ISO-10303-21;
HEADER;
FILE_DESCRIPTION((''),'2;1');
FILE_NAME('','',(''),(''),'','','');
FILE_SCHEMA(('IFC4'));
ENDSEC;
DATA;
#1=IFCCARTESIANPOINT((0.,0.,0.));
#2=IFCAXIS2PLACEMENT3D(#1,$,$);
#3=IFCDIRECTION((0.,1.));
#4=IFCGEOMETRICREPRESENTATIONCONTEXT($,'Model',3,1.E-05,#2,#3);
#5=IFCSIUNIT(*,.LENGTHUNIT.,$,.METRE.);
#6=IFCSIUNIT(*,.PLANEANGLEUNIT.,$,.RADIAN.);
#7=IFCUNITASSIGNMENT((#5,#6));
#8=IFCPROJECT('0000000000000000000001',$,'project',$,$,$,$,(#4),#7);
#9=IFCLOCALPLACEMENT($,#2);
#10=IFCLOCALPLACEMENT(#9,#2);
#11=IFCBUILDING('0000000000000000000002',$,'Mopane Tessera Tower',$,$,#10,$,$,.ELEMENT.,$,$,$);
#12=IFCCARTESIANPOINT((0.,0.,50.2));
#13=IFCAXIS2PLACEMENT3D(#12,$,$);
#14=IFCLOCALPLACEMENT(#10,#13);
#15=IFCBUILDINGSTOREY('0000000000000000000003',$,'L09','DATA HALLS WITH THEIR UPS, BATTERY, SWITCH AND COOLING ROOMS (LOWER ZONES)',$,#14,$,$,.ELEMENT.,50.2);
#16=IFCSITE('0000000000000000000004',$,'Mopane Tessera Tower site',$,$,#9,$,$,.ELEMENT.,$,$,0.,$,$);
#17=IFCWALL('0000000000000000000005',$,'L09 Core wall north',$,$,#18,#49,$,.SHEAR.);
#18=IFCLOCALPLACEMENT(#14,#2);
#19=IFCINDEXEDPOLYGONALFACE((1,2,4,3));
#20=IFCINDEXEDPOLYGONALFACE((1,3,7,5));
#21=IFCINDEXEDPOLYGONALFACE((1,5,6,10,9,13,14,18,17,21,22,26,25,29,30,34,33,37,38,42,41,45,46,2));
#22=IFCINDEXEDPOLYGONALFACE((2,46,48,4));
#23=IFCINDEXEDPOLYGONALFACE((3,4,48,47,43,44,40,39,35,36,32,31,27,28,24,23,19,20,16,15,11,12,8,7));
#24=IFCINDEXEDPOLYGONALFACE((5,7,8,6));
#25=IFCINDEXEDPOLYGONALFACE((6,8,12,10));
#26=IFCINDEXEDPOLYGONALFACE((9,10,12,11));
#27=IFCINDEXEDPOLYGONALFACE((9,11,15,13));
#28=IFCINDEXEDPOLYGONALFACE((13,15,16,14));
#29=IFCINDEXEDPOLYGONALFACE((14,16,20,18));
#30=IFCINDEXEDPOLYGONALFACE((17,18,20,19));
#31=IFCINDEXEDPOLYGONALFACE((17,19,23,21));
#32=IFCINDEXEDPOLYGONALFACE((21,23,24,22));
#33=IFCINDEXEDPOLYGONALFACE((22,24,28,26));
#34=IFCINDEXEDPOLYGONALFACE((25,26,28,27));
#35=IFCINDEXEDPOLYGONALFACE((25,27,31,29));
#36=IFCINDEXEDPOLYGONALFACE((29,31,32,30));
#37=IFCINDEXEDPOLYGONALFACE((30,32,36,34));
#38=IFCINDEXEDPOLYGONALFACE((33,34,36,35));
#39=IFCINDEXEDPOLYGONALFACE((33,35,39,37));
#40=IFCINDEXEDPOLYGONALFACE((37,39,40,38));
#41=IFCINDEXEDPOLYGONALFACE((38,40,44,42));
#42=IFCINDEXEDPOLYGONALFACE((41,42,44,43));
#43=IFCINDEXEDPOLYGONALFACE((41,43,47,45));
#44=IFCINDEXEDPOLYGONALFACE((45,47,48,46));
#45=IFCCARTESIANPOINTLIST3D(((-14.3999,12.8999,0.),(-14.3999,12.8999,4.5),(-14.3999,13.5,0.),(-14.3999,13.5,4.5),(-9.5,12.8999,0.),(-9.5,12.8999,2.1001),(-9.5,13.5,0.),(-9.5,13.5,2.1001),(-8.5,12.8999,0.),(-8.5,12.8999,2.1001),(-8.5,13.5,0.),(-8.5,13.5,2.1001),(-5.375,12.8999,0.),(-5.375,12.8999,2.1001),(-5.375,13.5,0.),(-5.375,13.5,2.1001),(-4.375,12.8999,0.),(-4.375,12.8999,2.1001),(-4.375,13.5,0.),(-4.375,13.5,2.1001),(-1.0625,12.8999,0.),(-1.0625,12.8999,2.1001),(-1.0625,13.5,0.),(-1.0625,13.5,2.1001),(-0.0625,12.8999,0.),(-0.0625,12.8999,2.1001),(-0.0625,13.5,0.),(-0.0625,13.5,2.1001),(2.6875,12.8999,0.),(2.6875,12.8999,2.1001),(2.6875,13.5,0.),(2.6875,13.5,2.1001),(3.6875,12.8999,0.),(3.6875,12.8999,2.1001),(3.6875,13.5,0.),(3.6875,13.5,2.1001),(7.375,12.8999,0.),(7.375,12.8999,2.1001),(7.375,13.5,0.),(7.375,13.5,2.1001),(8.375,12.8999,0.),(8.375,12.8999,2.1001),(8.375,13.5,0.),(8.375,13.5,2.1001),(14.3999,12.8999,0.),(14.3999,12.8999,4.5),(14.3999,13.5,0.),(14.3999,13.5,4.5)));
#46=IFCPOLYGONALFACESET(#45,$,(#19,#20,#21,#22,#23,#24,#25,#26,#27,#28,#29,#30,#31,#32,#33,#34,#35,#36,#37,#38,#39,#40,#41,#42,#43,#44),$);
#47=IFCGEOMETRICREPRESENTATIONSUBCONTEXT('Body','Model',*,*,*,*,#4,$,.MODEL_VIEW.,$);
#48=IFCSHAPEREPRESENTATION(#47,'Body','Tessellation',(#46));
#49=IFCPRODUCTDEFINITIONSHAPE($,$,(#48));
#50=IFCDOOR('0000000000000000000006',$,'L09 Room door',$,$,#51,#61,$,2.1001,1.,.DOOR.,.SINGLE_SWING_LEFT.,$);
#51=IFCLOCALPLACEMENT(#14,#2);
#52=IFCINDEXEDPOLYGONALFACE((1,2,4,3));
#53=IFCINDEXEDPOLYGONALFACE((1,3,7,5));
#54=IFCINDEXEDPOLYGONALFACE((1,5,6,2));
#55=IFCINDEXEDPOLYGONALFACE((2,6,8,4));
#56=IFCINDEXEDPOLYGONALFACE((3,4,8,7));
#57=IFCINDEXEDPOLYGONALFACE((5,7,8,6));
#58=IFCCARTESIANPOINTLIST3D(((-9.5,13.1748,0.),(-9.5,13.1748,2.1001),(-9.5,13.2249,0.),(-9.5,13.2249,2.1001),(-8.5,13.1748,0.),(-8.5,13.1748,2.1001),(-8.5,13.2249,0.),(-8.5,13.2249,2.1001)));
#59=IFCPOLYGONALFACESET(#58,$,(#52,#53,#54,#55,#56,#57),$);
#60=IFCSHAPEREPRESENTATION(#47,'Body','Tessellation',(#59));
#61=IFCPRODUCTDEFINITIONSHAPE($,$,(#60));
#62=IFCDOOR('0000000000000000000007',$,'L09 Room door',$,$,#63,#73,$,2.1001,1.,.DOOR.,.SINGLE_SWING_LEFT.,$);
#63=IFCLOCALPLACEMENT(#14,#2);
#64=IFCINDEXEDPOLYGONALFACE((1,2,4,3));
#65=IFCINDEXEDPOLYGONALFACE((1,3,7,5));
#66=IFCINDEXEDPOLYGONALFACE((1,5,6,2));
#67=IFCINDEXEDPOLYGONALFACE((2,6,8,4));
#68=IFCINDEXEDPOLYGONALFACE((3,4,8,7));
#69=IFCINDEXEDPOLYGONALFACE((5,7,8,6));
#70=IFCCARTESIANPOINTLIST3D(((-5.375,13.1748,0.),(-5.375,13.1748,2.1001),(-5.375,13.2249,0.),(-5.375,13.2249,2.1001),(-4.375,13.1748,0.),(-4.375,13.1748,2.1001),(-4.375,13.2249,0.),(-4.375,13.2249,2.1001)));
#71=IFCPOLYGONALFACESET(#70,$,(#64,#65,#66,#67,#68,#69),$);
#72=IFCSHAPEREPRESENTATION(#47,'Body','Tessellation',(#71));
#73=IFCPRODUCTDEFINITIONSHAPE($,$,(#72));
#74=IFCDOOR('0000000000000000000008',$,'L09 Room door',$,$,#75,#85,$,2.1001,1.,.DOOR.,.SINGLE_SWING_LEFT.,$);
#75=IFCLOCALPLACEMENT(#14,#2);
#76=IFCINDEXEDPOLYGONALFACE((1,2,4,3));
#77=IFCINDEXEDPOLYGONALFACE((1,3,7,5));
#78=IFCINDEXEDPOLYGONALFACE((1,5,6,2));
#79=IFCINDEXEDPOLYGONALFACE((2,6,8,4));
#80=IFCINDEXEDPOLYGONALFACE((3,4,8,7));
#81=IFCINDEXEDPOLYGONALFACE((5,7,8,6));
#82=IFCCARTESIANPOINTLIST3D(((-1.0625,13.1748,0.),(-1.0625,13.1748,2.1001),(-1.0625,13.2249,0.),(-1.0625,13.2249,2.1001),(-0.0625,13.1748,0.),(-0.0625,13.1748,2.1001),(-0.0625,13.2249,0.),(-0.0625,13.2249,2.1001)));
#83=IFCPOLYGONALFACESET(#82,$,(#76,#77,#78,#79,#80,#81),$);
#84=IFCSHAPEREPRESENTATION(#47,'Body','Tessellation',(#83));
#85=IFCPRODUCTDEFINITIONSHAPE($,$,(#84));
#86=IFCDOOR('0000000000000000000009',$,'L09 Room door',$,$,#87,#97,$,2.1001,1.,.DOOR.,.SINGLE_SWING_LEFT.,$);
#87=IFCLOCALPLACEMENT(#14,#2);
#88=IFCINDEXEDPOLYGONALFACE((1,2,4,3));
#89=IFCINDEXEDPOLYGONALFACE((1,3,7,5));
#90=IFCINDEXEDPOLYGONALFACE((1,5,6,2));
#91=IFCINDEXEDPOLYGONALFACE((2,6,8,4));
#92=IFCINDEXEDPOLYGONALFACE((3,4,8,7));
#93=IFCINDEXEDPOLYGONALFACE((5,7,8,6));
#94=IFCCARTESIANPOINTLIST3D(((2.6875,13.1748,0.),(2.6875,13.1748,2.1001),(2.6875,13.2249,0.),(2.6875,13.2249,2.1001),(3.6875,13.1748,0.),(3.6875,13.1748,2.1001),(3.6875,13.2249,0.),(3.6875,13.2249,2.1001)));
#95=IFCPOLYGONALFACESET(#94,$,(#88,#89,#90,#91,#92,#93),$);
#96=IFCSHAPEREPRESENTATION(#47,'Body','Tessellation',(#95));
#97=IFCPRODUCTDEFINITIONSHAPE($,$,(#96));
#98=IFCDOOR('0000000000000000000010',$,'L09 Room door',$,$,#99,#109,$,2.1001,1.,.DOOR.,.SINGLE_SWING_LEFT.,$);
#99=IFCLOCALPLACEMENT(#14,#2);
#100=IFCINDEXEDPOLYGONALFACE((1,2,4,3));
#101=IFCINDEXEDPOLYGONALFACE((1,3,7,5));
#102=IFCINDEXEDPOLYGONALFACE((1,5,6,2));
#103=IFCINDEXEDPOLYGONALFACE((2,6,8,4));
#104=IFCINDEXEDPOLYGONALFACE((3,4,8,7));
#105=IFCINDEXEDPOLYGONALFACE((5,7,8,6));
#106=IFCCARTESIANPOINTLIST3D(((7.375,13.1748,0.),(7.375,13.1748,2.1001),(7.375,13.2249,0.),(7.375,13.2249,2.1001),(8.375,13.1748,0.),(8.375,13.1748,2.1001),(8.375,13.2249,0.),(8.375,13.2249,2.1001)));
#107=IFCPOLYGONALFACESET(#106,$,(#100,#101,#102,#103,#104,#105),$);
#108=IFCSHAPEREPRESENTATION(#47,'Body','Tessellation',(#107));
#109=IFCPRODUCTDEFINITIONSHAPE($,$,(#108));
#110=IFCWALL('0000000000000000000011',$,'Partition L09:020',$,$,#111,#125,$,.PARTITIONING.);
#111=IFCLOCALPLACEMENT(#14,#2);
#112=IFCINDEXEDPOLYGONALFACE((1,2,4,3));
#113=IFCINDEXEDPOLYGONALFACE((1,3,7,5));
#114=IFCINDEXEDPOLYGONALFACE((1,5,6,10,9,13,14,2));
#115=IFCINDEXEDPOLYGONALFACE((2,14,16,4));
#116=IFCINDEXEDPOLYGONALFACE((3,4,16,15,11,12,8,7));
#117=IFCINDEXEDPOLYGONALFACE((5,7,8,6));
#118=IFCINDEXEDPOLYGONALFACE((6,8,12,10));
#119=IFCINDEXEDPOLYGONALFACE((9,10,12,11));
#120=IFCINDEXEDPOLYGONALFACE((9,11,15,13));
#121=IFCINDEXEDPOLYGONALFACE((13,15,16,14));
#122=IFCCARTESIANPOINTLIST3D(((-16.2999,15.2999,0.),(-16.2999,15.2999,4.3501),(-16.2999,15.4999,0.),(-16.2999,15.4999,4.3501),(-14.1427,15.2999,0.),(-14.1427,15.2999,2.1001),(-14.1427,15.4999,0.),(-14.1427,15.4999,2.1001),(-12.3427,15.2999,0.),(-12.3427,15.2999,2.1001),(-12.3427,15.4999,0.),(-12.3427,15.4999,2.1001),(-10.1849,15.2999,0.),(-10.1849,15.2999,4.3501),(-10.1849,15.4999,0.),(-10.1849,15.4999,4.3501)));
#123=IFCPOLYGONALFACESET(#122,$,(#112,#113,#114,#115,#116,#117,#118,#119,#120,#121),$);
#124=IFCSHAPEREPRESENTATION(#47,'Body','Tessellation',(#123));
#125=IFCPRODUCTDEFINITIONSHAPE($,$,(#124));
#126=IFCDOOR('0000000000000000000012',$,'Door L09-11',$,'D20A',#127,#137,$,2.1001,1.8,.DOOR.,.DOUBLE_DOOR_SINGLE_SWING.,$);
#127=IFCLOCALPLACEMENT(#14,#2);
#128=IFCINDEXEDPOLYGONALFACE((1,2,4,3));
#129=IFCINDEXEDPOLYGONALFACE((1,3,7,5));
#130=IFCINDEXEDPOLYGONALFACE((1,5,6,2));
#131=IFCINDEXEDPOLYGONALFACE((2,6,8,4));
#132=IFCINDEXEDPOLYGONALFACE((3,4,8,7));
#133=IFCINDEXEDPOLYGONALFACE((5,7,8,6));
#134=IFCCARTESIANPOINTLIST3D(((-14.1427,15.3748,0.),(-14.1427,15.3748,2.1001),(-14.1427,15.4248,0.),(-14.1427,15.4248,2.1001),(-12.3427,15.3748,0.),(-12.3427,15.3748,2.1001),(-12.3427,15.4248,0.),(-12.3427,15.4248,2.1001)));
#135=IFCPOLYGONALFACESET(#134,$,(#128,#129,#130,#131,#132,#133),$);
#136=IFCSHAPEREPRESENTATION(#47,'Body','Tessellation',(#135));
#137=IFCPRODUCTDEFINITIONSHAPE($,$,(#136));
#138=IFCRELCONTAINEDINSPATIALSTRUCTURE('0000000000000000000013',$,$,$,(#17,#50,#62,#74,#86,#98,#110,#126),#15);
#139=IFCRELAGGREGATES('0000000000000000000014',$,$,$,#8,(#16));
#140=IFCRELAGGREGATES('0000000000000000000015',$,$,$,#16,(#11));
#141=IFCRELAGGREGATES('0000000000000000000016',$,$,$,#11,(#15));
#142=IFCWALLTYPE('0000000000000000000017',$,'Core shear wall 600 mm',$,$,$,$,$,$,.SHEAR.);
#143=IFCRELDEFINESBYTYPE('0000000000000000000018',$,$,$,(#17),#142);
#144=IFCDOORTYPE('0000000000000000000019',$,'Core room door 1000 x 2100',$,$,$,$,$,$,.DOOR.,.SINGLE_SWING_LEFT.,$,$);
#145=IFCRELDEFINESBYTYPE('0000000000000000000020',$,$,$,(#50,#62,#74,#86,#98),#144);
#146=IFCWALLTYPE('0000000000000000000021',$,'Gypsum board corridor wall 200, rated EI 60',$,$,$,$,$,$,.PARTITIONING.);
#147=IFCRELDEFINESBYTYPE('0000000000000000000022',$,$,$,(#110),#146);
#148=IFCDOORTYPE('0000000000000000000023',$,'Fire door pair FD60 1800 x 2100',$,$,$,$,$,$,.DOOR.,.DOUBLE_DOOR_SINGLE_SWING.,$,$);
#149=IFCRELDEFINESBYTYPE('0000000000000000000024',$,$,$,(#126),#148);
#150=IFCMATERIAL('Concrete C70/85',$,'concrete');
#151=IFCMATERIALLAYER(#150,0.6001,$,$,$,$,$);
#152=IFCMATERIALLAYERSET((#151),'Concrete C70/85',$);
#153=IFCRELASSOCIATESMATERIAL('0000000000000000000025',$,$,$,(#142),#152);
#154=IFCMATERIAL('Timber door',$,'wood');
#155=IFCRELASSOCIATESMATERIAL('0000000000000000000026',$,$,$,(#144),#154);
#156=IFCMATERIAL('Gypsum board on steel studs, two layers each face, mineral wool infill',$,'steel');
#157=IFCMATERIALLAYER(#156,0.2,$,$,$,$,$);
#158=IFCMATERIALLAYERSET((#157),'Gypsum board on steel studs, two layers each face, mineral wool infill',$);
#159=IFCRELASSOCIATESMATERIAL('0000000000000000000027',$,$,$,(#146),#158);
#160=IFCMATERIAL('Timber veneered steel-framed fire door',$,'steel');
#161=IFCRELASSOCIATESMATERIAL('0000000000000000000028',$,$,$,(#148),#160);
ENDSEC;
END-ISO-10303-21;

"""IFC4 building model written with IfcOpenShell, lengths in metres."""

from ifc_helpers import new_model, si_unit, direction, frame, frame_2d, origin, place, context, subcontext, project, spatial, rectangle, extrude, material, layer, layer_set, type_object, element, fill, save


model = new_model("IFC4")

# Units and contexts
model_context = context("Model", 3, precision=1e-05, world=origin(), true_north=direction((0.0, 1.0)))
body_context = subcontext(model_context, "Body", "Model", "MODEL_VIEW")
ifc_project = project(units=[si_unit("LENGTHUNIT", "METRE"), si_unit("PLANEANGLEUNIT", "RADIAN")], contexts=[model_context])

# Site, building, storey
site_placement = place(None, origin())
site = spatial("IfcSite", under=ifc_project, at=site_placement, Name="Mopane Tessera Tower site", CompositionType="ELEMENT", RefElevation=0.0)
building_placement = place(site_placement, origin())
building = spatial("IfcBuilding", under=site, at=building_placement, Name="Mopane Tessera Tower", CompositionType="ELEMENT")
storey_placement = place(building_placement, frame((0.0, 0.0, 50.2)))
storey = spatial("IfcBuildingStorey", under=building, at=storey_placement, Name="L09", Description="DATA HALLS WITH THEIR UPS, BATTERY, SWITCH AND COOLING ROOMS (LOWER ZONES)", CompositionType="ELEMENT", Elevation=50.2)

# Wall, openings, doors
ifc_material_1 = material(Name="Concrete C70/85", Category="concrete")
ifc_layer_1 = layer(ifc_material_1, 0.6001)
ifc_layer_set_1 = layer_set([ifc_layer_1], Name="Concrete C70/85")
wall_type_1 = type_object("IfcWallType", Name="Core shear wall 600 mm", PredefinedType="SHEAR", material=ifc_layer_set_1)
wall_1_placement = place(storey_placement, frame((-14.3999, 13.2, 0.0), z_axis=(0.0, 0.0, 1.0), x_axis=(1.0, 0.0, 0.0)))
wall_1 = element("IfcWall", 1, at=wall_1_placement, inside=storey, type_object=wall_type_1, Name="L09 Core wall north", PredefinedType="SHEAR", context=body_context, shape_type="SweptSolid", body=[
    extrude(rectangle(XDim=28.7998, YDim=0.6001, at=frame_2d((14.3999, 0.0))), origin(), (0.0, 0.0, 1.0), 4.5),
])
opening_1_placement = place(wall_1_placement, frame((4.8999, 0.0, 0.0)))
opening_1 = element("IfcOpeningElement", 2, at=opening_1_placement, cuts=wall_1, PredefinedType="OPENING", context=body_context, shape_type="SweptSolid", body=[
    extrude(rectangle(XDim=1.0, YDim=2.1001, at=frame_2d((0.5, 1.05))), frame((0.0, 0.312, 0.0), z_axis=(0.0, -1.0, 0.0), x_axis=(1.0, 0.0, 0.0)), (0.0, 0.0, 1.0), 0.624),
])
opening_2_placement = place(wall_1_placement, frame((9.0249, 0.0, 0.0)))
opening_2 = element("IfcOpeningElement", 3, at=opening_2_placement, cuts=wall_1, PredefinedType="OPENING", context=body_context, shape_type="SweptSolid", body=[
    extrude(rectangle(XDim=1.0, YDim=2.1001, at=frame_2d((0.5, 1.05))), frame((0.0, 0.312, 0.0), z_axis=(0.0, -1.0, 0.0), x_axis=(1.0, 0.0, 0.0)), (0.0, 0.0, 1.0), 0.624),
])
opening_3_placement = place(wall_1_placement, frame((13.3374, 0.0, 0.0)))
opening_3 = element("IfcOpeningElement", 4, at=opening_3_placement, cuts=wall_1, PredefinedType="OPENING", context=body_context, shape_type="SweptSolid", body=[
    extrude(rectangle(XDim=1.0, YDim=2.1001, at=frame_2d((0.5, 1.05))), frame((0.0, 0.312, 0.0), z_axis=(0.0, -1.0, 0.0), x_axis=(1.0, 0.0, 0.0)), (0.0, 0.0, 1.0), 0.624),
])
opening_4_placement = place(wall_1_placement, frame((17.0874, 0.0, 0.0)))
opening_4 = element("IfcOpeningElement", 5, at=opening_4_placement, cuts=wall_1, PredefinedType="OPENING", context=body_context, shape_type="SweptSolid", body=[
    extrude(rectangle(XDim=1.0, YDim=2.1001, at=frame_2d((0.5, 1.05))), frame((0.0, 0.312, 0.0), z_axis=(0.0, -1.0, 0.0), x_axis=(1.0, 0.0, 0.0)), (0.0, 0.0, 1.0), 0.624),
])
opening_5_placement = place(wall_1_placement, frame((21.7749, 0.0, 0.0)))
opening_5 = element("IfcOpeningElement", 6, at=opening_5_placement, cuts=wall_1, PredefinedType="OPENING", context=body_context, shape_type="SweptSolid", body=[
    extrude(rectangle(XDim=1.0, YDim=2.1001, at=frame_2d((0.5, 1.05))), frame((0.0, 0.312, 0.0), z_axis=(0.0, -1.0, 0.0), x_axis=(1.0, 0.0, 0.0)), (0.0, 0.0, 1.0), 0.624),
])
ifc_material_2 = material(Name="Timber door", Category="wood")
door_type_1 = type_object("IfcDoorType", Name="Core room door 1000 x 2100", OperationType="SINGLE_SWING_LEFT", PredefinedType="DOOR", material=ifc_material_2)
door_1_placement = place(opening_1_placement, origin())
door_1 = element("IfcDoor", 7, at=door_1_placement, inside=storey, type_object=door_type_1, Name="L09 Room door", OperationType="SINGLE_SWING_LEFT", OverallHeight=2.1001, OverallWidth=1.0, PredefinedType="DOOR", context=body_context, shape_type="SweptSolid", body=[
    extrude(rectangle(XDim=1.0, YDim=2.1001, at=frame_2d((0.5, 1.05))), frame((0.0, 0.0249, 0.0), z_axis=(0.0, -1.0, 0.0), x_axis=(1.0, 0.0, 0.0)), (0.0, 0.0, 1.0), 0.05),
])
fill(opening_1, door_1)
door_2_placement = place(opening_2_placement, origin())
door_2 = element("IfcDoor", 8, at=door_2_placement, inside=storey, type_object=door_type_1, Name="L09 Room door", OperationType="SINGLE_SWING_LEFT", OverallHeight=2.1001, OverallWidth=1.0, PredefinedType="DOOR", context=body_context, shape_type="SweptSolid", body=[
    extrude(rectangle(XDim=1.0, YDim=2.1001, at=frame_2d((0.5, 1.05))), frame((0.0, 0.0249, 0.0), z_axis=(0.0, -1.0, 0.0), x_axis=(1.0, 0.0, 0.0)), (0.0, 0.0, 1.0), 0.05),
])
fill(opening_2, door_2)
door_3_placement = place(opening_3_placement, origin())
door_3 = element("IfcDoor", 9, at=door_3_placement, inside=storey, type_object=door_type_1, Name="L09 Room door", OperationType="SINGLE_SWING_LEFT", OverallHeight=2.1001, OverallWidth=1.0, PredefinedType="DOOR", context=body_context, shape_type="SweptSolid", body=[
    extrude(rectangle(XDim=1.0, YDim=2.1001, at=frame_2d((0.5, 1.05))), frame((0.0, 0.0249, 0.0), z_axis=(0.0, -1.0, 0.0), x_axis=(1.0, 0.0, 0.0)), (0.0, 0.0, 1.0), 0.05),
])
fill(opening_3, door_3)
door_4_placement = place(opening_4_placement, origin())
door_4 = element("IfcDoor", 10, at=door_4_placement, inside=storey, type_object=door_type_1, Name="L09 Room door", OperationType="SINGLE_SWING_LEFT", OverallHeight=2.1001, OverallWidth=1.0, PredefinedType="DOOR", context=body_context, shape_type="SweptSolid", body=[
    extrude(rectangle(XDim=1.0, YDim=2.1001, at=frame_2d((0.5, 1.05))), frame((0.0, 0.0249, 0.0), z_axis=(0.0, -1.0, 0.0), x_axis=(1.0, 0.0, 0.0)), (0.0, 0.0, 1.0), 0.05),
])
fill(opening_4, door_4)
door_5_placement = place(opening_5_placement, origin())
door_5 = element("IfcDoor", 11, at=door_5_placement, inside=storey, type_object=door_type_1, Name="L09 Room door", OperationType="SINGLE_SWING_LEFT", OverallHeight=2.1001, OverallWidth=1.0, PredefinedType="DOOR", context=body_context, shape_type="SweptSolid", body=[
    extrude(rectangle(XDim=1.0, YDim=2.1001, at=frame_2d((0.5, 1.05))), frame((0.0, 0.0249, 0.0), z_axis=(0.0, -1.0, 0.0), x_axis=(1.0, 0.0, 0.0)), (0.0, 0.0, 1.0), 0.05),
])
fill(opening_5, door_5)

# Wall, opening, door
ifc_material_3 = material(Name="Gypsum board on steel studs, two layers each face, mineral wool infill", Category="steel")
ifc_layer_2 = layer(ifc_material_3, 0.2)
ifc_layer_set_2 = layer_set([ifc_layer_2], Name="Gypsum board on steel studs, two layers each face, mineral wool infill")
wall_type_2 = type_object("IfcWallType", Name="Gypsum board corridor wall 200, rated EI 60", PredefinedType="PARTITIONING", material=ifc_layer_set_2)
wall_2_placement = place(storey_placement, frame((-16.3, 15.3999, 0.0), z_axis=(0.0, 0.0, 1.0), x_axis=(1.0, 0.0, 0.0)))
wall_2 = element("IfcWall", 12, at=wall_2_placement, inside=storey, type_object=wall_type_2, Name="Partition L09:020", PredefinedType="PARTITIONING", context=body_context, shape_type="SweptSolid", body=[
    extrude(rectangle(XDim=6.115, YDim=0.2, at=frame_2d((3.0576, 0.0))), origin(), (0.0, 0.0, 1.0), 4.3501),
])
opening_6_placement = place(wall_2_placement, frame((2.1575, 0.0, 0.0)))
opening_6 = element("IfcOpeningElement", 13, at=opening_6_placement, cuts=wall_2, PredefinedType="OPENING", context=body_context, shape_type="SweptSolid", body=[
    extrude(rectangle(XDim=1.8, YDim=2.1001, at=frame_2d((0.8999, 1.05))), frame((0.0, 0.1121, 0.0), z_axis=(0.0, -1.0, 0.0), x_axis=(1.0, 0.0, 0.0)), (0.0, 0.0, 1.0), 0.2239),
])
ifc_material_4 = material(Name="Timber veneered steel-framed fire door", Category="steel")
door_type_2 = type_object("IfcDoorType", Name="Fire door pair FD60 1800 x 2100", OperationType="DOUBLE_DOOR_SINGLE_SWING", PredefinedType="DOOR", material=ifc_material_4)
door_6_placement = place(opening_6_placement, origin())
door_6 = element("IfcDoor", 14, at=door_6_placement, inside=storey, type_object=door_type_2, Name="Door L09-11", ObjectType="D20A", OperationType="DOUBLE_DOOR_SINGLE_SWING", OverallHeight=2.1001, OverallWidth=1.8, PredefinedType="DOOR", context=body_context, shape_type="SweptSolid", body=[
    extrude(rectangle(XDim=1.8, YDim=2.1001, at=frame_2d((0.8999, 1.05))), frame((0.0, 0.0249, 0.0), z_axis=(0.0, -1.0, 0.0), x_axis=(1.0, 0.0, 0.0)), (0.0, 0.0, 1.0), 0.05),
])
fill(opening_6, door_6)

save(model, "model.ifc")
